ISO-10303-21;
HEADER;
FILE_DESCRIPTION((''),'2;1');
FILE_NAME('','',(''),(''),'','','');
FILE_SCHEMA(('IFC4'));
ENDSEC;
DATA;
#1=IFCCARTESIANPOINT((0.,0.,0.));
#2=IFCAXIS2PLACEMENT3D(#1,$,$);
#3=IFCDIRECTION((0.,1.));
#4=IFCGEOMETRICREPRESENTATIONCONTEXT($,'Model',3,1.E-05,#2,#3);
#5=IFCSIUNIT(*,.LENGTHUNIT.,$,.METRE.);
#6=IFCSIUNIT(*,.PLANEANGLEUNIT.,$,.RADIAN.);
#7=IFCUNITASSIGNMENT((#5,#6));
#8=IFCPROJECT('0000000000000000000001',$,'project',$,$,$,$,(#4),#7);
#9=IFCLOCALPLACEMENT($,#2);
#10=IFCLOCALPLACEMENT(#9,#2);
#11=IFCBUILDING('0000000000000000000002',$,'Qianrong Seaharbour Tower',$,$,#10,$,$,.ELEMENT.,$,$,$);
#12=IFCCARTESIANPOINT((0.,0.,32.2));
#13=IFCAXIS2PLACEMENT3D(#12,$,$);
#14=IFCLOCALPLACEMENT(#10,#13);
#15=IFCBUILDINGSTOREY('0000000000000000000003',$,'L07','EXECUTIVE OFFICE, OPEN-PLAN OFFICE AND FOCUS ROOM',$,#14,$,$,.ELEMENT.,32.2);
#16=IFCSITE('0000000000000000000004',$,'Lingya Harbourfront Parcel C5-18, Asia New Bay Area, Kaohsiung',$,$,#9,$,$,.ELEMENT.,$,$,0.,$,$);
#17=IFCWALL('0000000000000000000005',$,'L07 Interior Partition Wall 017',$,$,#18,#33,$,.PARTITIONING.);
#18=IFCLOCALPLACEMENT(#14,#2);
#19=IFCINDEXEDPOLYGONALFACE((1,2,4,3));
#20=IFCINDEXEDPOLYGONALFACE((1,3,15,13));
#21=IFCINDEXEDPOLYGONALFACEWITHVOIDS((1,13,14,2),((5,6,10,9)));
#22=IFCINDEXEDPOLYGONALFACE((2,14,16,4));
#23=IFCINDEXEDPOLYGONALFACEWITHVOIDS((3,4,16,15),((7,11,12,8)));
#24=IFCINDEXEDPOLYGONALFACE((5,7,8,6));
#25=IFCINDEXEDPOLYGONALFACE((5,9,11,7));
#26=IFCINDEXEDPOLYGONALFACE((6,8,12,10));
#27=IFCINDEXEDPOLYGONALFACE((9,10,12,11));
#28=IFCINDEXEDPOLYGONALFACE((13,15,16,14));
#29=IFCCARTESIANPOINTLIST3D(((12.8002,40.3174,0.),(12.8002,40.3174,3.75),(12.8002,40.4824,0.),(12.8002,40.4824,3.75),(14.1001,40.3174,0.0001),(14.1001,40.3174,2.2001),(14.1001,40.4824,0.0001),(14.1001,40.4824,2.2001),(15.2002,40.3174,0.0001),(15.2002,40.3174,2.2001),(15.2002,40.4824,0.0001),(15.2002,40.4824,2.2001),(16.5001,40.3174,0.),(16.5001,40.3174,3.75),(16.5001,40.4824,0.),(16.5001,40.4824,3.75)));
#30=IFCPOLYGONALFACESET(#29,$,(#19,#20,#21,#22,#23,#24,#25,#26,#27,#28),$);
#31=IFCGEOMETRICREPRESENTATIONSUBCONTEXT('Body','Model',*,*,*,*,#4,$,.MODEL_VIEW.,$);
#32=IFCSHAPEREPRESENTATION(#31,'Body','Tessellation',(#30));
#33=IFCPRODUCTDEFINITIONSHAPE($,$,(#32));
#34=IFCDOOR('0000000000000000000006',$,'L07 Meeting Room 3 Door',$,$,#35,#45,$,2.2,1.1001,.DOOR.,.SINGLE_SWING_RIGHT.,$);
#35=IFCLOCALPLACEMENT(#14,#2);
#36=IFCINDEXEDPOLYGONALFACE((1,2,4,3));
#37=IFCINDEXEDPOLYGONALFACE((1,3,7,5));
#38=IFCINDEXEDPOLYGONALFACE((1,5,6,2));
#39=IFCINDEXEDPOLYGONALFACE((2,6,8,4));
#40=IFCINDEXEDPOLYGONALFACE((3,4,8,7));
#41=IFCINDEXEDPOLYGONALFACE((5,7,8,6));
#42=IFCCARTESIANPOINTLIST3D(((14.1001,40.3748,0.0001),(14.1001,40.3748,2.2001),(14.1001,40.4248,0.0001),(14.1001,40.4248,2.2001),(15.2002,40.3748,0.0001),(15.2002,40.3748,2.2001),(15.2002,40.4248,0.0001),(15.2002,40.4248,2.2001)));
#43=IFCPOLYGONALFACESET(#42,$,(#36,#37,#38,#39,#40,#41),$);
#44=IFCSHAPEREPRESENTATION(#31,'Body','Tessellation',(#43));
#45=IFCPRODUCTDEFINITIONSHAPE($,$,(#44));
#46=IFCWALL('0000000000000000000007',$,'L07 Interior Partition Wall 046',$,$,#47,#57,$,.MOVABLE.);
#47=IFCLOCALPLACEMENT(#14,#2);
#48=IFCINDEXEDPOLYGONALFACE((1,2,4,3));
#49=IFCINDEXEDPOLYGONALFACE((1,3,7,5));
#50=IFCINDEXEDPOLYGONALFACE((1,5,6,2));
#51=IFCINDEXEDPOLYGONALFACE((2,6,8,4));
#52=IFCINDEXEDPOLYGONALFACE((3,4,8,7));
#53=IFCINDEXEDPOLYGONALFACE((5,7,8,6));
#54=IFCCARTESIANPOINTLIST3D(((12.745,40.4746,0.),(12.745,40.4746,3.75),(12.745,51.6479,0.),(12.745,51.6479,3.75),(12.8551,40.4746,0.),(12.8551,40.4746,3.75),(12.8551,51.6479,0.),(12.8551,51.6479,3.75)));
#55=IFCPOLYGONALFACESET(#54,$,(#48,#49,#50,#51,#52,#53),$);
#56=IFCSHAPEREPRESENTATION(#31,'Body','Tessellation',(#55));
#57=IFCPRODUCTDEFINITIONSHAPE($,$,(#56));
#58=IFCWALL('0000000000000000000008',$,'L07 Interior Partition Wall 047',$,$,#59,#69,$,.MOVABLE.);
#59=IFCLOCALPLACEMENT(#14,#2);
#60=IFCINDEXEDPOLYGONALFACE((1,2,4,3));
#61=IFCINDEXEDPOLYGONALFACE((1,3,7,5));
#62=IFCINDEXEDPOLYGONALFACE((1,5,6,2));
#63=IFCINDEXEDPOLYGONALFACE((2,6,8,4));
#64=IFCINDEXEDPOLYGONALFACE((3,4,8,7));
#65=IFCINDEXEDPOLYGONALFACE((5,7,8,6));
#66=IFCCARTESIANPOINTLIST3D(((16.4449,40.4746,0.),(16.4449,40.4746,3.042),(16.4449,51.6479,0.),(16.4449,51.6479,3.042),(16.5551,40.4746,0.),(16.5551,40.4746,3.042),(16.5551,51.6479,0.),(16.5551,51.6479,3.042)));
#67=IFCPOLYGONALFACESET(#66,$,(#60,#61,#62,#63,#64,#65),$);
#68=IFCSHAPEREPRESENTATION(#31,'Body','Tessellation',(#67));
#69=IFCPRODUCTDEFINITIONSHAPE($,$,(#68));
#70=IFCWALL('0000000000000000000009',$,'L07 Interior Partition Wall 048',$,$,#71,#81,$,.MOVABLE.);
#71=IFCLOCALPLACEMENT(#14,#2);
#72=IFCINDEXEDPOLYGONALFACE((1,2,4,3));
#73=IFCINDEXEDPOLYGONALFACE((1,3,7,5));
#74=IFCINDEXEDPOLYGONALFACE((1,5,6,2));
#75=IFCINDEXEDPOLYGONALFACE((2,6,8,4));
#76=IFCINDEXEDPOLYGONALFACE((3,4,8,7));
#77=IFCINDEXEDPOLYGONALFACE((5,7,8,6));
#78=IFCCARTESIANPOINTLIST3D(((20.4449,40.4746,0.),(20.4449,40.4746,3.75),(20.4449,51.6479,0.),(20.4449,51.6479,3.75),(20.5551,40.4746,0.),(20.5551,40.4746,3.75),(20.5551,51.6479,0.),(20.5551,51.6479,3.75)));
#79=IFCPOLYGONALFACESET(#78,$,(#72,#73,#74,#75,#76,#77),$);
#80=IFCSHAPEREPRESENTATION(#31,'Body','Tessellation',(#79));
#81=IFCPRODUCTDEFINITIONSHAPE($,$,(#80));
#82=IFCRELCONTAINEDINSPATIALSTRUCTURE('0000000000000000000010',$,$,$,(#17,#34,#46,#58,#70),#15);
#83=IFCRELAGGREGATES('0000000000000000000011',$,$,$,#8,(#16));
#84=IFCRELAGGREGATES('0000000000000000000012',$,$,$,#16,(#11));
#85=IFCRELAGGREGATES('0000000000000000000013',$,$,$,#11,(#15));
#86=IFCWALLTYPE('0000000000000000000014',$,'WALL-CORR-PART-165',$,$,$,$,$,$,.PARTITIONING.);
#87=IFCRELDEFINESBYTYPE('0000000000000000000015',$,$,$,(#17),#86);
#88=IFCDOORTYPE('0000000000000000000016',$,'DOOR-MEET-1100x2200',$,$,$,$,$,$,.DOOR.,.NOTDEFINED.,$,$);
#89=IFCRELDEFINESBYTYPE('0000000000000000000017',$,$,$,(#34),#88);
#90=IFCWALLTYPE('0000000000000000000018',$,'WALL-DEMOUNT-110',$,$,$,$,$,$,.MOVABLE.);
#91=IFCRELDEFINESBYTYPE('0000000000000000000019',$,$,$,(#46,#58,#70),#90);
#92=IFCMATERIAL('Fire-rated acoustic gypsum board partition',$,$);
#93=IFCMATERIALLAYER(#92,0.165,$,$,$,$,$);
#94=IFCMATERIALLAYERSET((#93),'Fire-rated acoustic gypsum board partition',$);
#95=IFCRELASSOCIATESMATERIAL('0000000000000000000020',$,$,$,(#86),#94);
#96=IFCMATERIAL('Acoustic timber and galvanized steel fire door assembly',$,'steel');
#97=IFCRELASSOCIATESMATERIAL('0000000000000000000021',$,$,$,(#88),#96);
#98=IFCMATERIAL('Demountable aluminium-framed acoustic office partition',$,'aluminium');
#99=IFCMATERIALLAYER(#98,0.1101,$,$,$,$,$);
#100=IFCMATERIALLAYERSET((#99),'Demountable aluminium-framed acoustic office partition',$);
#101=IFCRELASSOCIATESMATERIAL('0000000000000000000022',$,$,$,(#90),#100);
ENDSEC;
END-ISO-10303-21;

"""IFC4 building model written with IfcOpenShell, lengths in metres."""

from ifc_helpers import new_model, si_unit, direction, frame, frame_2d, origin, place, context, subcontext, project, spatial, rectangle, extrude, material, layer, layer_set, type_object, element, fill, save


model = new_model("IFC4")

# Units and contexts
model_context = context("Model", 3, precision=1e-05, world=origin(), true_north=direction((0.0, 1.0)))
body_context = subcontext(model_context, "Body", "Model", "MODEL_VIEW")
ifc_project = project(units=[si_unit("LENGTHUNIT", "METRE"), si_unit("PLANEANGLEUNIT", "RADIAN")], contexts=[model_context])

# Site, building, storey
site_placement = place(None, origin())
site = spatial("IfcSite", under=ifc_project, at=site_placement, Name="Lingya Harbourfront Parcel C5-18, Asia New Bay Area, Kaohsiung", CompositionType="ELEMENT", RefElevation=0.0)
building_placement = place(site_placement, origin())
building = spatial("IfcBuilding", under=site, at=building_placement, Name="Qianrong Seaharbour Tower", CompositionType="ELEMENT")
storey_placement = place(building_placement, frame((0.0, 0.0, 32.2)))
storey = spatial("IfcBuildingStorey", under=building, at=storey_placement, Name="L07", Description="EXECUTIVE OFFICE, OPEN-PLAN OFFICE AND FOCUS ROOM", CompositionType="ELEMENT", Elevation=32.2)

# Wall, opening, door
ifc_material_1 = material(Name="Fire-rated acoustic gypsum board partition")
ifc_layer_1 = layer(ifc_material_1, 0.165)
ifc_layer_set_1 = layer_set([ifc_layer_1], Name="Fire-rated acoustic gypsum board partition")
wall_type_1 = type_object("IfcWallType", Name="WALL-CORR-PART-165", PredefinedType="PARTITIONING", material=ifc_layer_set_1)
wall_1_placement = place(storey_placement, frame((12.8, 40.3999, 0.0), z_axis=(0.0, 0.0, 1.0), x_axis=(1.0, 0.0, 0.0)))
wall_1 = element("IfcWall", 1, at=wall_1_placement, inside=storey, type_object=wall_type_1, Name="L07 Interior Partition Wall 017", PredefinedType="PARTITIONING", context=body_context, shape_type="SweptSolid", body=[
    extrude(rectangle(XDim=3.7, YDim=0.165, at=frame_2d((1.8501, 0.0))), origin(), (0.0, 0.0, 1.0), 3.75),
])
opening_1_placement = place(wall_1_placement, frame((1.3, 0.0, 0.0)))
opening_1 = element("IfcOpeningElement", 2, at=opening_1_placement, cuts=wall_1, PredefinedType="OPENING", context=body_context, shape_type="SweptSolid", body=[
    extrude(rectangle(XDim=1.1001, YDim=2.2, at=frame_2d((0.55, 1.1001))), frame((0.0, 0.0925, 0.0), z_axis=(0.0, -1.0, 0.0), x_axis=(1.0, 0.0, 0.0)), (0.0, 0.0, 1.0), 0.1851),
])
ifc_material_2 = material(Name="Acoustic timber and galvanized steel fire door assembly", Category="steel")
door_type_1 = type_object("IfcDoorType", Name="DOOR-MEET-1100x2200", OperationType="NOTDEFINED", PredefinedType="DOOR", material=ifc_material_2)
door_1_placement = place(opening_1_placement, origin())
door_1 = element("IfcDoor", 3, at=door_1_placement, inside=storey, type_object=door_type_1, Name="L07 Meeting Room 3 Door", OperationType="SINGLE_SWING_RIGHT", OverallHeight=2.2, OverallWidth=1.1001, PredefinedType="DOOR", context=body_context, shape_type="SweptSolid", body=[
    extrude(rectangle(XDim=1.1001, YDim=2.2, at=frame_2d((0.55, 1.1001))), frame((0.0, 0.0249, 0.0), z_axis=(0.0, -1.0, 0.0), x_axis=(1.0, 0.0, 0.0)), (0.0, 0.0, 1.0), 0.05),
])
fill(opening_1, door_1)

# Walls
ifc_material_3 = material(Name="Demountable aluminium-framed acoustic office partition", Category="aluminium")
ifc_layer_2 = layer(ifc_material_3, 0.1101)
ifc_layer_set_2 = layer_set([ifc_layer_2], Name="Demountable aluminium-framed acoustic office partition")
wall_type_2 = type_object("IfcWallType", Name="WALL-DEMOUNT-110", PredefinedType="MOVABLE", material=ifc_layer_set_2)
wall_2_placement = place(storey_placement, frame((12.8, 51.6479, 0.0), z_axis=(0.0, 0.0, 1.0), x_axis=(0.0, -1.0, 0.0)))
element("IfcWall", 4, at=wall_2_placement, inside=storey, type_object=wall_type_2, Name="L07 Interior Partition Wall 046", PredefinedType="MOVABLE", context=body_context, shape_type="SweptSolid", body=[
    extrude(rectangle(XDim=11.1733, YDim=0.1101, at=frame_2d((5.5867, 0.0))), origin(), (0.0, 0.0, 1.0), 3.75),
])
wall_3_placement = place(storey_placement, frame((16.5, 51.6479, 0.0), z_axis=(0.0, 0.0, 1.0), x_axis=(0.0, -1.0, 0.0)))
element("IfcWall", 5, at=wall_3_placement, inside=storey, type_object=wall_type_2, Name="L07 Interior Partition Wall 047", PredefinedType="MOVABLE", context=body_context, shape_type="SweptSolid", body=[
    extrude(rectangle(XDim=11.1733, YDim=0.1101, at=frame_2d((5.5867, 0.0))), origin(), (0.0, 0.0, 1.0), 3.042),
])
wall_4_placement = place(storey_placement, frame((20.5, 51.6479, 0.0), z_axis=(0.0, 0.0, 1.0), x_axis=(0.0, -1.0, 0.0)))
element("IfcWall", 6, at=wall_4_placement, inside=storey, type_object=wall_type_2, Name="L07 Interior Partition Wall 048", PredefinedType="MOVABLE", context=body_context, shape_type="SweptSolid", body=[
    extrude(rectangle(XDim=11.1733, YDim=0.1101, at=frame_2d((5.5867, 0.0))), origin(), (0.0, 0.0, 1.0), 3.75),
])

save(model, "model.ifc")
